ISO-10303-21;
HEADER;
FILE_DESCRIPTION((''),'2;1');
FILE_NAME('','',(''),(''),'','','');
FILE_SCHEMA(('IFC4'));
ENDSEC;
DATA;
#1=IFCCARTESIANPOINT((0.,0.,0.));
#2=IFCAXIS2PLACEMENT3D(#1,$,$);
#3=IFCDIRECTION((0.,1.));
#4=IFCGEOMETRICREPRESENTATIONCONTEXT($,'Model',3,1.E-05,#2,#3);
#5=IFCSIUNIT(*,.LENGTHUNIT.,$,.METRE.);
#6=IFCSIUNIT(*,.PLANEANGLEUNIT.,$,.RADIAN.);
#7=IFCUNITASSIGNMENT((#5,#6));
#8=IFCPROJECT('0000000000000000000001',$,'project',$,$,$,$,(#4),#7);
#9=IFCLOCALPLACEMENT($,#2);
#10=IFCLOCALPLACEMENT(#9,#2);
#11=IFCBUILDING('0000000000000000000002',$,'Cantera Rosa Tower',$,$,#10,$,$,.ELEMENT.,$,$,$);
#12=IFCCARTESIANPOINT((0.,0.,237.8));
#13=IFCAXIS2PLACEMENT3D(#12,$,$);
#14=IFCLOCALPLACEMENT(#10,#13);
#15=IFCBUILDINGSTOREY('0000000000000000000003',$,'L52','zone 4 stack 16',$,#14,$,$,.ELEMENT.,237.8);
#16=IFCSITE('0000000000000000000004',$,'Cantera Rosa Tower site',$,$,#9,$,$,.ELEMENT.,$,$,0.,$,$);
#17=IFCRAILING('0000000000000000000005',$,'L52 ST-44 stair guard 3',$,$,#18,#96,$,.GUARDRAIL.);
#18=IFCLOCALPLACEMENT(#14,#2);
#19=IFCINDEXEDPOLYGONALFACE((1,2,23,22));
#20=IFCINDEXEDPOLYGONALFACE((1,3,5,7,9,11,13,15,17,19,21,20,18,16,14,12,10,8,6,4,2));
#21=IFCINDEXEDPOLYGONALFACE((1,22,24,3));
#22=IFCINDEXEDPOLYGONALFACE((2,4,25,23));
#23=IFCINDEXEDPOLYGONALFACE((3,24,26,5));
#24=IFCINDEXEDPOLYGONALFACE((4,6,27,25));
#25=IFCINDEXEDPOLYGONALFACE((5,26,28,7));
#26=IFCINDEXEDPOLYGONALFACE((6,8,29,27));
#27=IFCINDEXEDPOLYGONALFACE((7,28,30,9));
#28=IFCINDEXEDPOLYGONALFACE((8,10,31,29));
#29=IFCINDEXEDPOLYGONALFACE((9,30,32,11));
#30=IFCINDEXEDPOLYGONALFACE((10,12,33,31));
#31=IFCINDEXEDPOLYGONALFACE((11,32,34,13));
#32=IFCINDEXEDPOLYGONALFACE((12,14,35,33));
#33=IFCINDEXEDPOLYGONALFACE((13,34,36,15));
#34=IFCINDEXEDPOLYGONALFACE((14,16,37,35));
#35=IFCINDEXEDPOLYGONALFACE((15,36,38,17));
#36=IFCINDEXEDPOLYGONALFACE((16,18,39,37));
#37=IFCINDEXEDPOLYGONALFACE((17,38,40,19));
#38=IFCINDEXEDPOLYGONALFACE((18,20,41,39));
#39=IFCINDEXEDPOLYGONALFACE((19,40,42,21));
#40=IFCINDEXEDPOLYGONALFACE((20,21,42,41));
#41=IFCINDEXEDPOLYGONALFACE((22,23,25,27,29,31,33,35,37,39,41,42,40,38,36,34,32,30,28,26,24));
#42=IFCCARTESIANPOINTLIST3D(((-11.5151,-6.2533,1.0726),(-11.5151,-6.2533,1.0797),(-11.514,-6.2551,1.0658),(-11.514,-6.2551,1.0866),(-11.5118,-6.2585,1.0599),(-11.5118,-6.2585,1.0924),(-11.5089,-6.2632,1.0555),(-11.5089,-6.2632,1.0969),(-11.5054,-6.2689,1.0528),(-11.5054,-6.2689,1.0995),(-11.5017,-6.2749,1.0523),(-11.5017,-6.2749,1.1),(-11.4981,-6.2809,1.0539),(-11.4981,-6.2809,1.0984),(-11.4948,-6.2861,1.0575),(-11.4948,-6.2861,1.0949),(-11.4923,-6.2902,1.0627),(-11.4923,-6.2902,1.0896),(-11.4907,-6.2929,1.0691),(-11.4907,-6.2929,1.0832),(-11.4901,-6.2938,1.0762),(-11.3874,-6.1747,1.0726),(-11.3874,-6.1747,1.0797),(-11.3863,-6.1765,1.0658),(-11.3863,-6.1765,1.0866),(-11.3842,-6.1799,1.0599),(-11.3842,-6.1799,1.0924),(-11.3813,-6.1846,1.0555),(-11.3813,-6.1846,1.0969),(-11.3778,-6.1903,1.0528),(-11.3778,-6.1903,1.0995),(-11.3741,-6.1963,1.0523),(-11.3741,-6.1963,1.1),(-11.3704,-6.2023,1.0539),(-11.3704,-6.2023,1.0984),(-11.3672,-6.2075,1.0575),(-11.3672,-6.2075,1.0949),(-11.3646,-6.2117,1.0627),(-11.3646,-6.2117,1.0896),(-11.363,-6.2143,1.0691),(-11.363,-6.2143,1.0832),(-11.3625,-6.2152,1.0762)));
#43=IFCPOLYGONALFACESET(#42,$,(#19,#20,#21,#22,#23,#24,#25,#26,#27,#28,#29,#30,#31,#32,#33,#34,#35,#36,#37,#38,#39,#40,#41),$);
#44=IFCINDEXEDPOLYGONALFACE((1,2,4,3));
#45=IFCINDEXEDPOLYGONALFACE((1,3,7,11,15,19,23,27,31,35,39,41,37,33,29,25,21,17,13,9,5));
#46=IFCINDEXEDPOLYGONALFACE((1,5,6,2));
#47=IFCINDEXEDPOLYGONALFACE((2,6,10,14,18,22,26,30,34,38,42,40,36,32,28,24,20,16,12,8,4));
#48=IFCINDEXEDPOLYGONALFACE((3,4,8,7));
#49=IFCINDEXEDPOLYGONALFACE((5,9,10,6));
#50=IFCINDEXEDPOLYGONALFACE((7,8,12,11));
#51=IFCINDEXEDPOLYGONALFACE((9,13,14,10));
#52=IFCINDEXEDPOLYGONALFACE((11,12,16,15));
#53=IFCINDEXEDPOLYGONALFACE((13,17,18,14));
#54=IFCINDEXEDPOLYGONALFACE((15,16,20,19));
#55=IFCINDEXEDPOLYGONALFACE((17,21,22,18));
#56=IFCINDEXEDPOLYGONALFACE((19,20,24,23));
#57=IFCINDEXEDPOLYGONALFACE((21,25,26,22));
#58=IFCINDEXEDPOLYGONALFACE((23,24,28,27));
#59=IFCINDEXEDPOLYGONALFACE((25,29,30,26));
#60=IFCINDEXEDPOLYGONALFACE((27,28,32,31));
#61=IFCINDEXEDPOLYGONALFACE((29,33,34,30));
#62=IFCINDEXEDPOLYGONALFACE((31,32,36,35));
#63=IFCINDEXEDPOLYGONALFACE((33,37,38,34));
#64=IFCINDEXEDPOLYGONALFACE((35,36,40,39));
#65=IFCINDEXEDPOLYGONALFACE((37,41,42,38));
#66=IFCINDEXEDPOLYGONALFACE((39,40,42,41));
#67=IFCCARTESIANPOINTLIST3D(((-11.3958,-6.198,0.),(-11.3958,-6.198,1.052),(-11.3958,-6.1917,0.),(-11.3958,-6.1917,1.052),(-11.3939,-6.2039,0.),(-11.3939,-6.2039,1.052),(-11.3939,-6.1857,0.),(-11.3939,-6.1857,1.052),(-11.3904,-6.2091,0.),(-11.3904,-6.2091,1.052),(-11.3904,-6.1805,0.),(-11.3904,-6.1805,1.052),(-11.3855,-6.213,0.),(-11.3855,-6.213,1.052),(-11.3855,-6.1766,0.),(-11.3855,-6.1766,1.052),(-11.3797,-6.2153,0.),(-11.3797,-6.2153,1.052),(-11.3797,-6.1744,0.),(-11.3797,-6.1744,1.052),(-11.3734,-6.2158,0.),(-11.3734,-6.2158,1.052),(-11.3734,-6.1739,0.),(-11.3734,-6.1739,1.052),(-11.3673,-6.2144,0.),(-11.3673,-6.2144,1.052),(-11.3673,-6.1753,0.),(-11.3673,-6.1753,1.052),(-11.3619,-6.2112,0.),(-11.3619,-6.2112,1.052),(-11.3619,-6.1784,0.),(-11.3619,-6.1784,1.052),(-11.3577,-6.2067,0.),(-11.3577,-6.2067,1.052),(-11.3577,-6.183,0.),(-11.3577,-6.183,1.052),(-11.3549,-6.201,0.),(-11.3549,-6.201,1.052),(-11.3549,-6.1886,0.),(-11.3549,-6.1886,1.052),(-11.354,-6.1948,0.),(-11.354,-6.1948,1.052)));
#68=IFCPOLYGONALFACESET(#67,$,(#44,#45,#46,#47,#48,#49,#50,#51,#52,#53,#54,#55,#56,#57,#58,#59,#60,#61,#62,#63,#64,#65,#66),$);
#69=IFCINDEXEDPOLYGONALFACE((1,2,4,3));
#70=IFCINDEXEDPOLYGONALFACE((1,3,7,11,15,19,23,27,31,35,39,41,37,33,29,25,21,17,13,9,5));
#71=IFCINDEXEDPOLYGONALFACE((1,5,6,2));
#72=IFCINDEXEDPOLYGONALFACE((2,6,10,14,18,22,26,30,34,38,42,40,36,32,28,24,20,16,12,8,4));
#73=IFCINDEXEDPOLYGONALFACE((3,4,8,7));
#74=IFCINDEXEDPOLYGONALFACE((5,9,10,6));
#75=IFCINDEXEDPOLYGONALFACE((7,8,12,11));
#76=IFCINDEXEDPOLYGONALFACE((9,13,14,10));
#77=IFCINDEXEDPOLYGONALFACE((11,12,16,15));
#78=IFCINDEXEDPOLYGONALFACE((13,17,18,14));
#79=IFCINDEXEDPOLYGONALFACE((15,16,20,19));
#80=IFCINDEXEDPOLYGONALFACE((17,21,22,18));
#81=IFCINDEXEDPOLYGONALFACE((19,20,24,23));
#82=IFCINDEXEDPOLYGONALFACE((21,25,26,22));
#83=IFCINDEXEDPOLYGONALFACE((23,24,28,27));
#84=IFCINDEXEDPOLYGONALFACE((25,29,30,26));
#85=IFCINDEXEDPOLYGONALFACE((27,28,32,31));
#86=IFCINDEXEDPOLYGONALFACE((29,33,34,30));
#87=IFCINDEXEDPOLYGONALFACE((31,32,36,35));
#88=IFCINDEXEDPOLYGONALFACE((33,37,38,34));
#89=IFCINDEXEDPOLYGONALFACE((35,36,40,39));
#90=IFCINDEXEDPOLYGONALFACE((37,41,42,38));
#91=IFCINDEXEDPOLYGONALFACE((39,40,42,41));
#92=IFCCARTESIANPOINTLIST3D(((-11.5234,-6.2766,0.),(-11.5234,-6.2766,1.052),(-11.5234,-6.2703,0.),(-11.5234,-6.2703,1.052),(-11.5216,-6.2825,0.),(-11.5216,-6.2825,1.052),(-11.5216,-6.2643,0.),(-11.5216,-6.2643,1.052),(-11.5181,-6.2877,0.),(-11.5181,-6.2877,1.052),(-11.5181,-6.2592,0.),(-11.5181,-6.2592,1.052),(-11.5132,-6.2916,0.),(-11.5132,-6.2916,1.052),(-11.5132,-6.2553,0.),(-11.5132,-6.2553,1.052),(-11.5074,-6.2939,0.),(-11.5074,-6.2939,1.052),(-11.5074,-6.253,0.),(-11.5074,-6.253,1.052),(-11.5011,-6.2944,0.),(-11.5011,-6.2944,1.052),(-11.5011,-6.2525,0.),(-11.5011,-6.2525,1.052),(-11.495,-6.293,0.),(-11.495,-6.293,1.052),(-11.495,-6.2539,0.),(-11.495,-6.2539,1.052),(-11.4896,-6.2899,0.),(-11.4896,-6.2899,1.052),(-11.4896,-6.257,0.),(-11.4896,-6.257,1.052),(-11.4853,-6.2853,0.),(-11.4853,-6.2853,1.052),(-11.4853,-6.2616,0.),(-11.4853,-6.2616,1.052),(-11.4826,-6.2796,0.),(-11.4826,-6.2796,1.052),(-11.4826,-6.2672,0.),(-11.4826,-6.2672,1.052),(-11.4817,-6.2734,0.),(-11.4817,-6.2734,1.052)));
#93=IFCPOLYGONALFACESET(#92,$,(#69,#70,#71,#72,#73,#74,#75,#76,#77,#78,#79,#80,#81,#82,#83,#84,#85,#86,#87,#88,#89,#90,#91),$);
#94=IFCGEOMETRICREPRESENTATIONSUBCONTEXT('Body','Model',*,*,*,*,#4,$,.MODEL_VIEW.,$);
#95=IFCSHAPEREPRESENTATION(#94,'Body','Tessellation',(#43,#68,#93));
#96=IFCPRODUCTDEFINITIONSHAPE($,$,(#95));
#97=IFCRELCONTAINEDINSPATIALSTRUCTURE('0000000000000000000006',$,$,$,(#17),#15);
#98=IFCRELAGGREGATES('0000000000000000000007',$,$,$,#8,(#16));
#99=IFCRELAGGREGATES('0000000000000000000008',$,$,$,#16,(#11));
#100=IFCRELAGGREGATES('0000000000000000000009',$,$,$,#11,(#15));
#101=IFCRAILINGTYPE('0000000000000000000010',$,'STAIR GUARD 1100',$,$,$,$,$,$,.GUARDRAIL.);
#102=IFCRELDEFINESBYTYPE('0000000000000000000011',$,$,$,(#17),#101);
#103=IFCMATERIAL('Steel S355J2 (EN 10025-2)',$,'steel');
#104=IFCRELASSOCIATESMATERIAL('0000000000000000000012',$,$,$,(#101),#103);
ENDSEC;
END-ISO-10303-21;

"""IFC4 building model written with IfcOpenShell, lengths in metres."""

from ifc_helpers import new_model, si_unit, direction, frame, origin, origin_2d, place, context, subcontext, project, spatial, circle, extrude, material, type_object, element, save


model = new_model("IFC4")

# Units and contexts
model_context = context("Model", 3, precision=1e-05, world=origin(), true_north=direction((0.0, 1.0)))
body_context = subcontext(model_context, "Body", "Model", "MODEL_VIEW")
ifc_project = project(units=[si_unit("LENGTHUNIT", "METRE"), si_unit("PLANEANGLEUNIT", "RADIAN")], contexts=[model_context])

# Site, building, storey
site_placement = place(None, origin())
site = spatial("IfcSite", under=ifc_project, at=site_placement, Name="Cantera Rosa Tower site", CompositionType="ELEMENT", RefElevation=0.0)
building_placement = place(site_placement, origin())
building = spatial("IfcBuilding", under=site, at=building_placement, Name="Cantera Rosa Tower", CompositionType="ELEMENT")
storey_placement = place(building_placement, frame((0.0, 0.0, 237.8)))
storey = spatial("IfcBuildingStorey", under=building, at=storey_placement, Name="L52", Description="zone 4 stack 16", CompositionType="ELEMENT", Elevation=237.8)

# Railing
ifc_material_1 = material(Name="Steel S355J2 (EN 10025-2)", Category="steel")
railing_type_1 = type_object("IfcRailingType", Name="STAIR GUARD 1100", PredefinedType="GUARDRAIL", material=ifc_material_1)
railing_1_placement = place(storey_placement, frame((-11.375, -6.1948, 0.0)))
element("IfcRailing", 1, at=railing_1_placement, inside=storey, type_object=railing_type_1, Name="L52 ST-44 stair guard 3", PredefinedType="GUARDRAIL", context=body_context, shape_type="SweptSolid", body=[
    extrude(circle(Radius=0.0239, at=origin_2d()), frame((0.0, 0.0, 1.0762), z_axis=(-0.851546, -0.524279, 0.0), x_axis=(0.524279, -0.851546, 0.0)), (0.0, 0.0, 1.0), 0.1499),
    extrude(circle(Radius=0.021, at=origin_2d()), origin(), (0.0, 0.0, 1.0), 1.052),
    extrude(circle(Radius=0.021, at=origin_2d()), frame((-0.1277, -0.0786, 0.0)), (0.0, 0.0, 1.0), 1.052),
])

save(model, "model.ifc")
